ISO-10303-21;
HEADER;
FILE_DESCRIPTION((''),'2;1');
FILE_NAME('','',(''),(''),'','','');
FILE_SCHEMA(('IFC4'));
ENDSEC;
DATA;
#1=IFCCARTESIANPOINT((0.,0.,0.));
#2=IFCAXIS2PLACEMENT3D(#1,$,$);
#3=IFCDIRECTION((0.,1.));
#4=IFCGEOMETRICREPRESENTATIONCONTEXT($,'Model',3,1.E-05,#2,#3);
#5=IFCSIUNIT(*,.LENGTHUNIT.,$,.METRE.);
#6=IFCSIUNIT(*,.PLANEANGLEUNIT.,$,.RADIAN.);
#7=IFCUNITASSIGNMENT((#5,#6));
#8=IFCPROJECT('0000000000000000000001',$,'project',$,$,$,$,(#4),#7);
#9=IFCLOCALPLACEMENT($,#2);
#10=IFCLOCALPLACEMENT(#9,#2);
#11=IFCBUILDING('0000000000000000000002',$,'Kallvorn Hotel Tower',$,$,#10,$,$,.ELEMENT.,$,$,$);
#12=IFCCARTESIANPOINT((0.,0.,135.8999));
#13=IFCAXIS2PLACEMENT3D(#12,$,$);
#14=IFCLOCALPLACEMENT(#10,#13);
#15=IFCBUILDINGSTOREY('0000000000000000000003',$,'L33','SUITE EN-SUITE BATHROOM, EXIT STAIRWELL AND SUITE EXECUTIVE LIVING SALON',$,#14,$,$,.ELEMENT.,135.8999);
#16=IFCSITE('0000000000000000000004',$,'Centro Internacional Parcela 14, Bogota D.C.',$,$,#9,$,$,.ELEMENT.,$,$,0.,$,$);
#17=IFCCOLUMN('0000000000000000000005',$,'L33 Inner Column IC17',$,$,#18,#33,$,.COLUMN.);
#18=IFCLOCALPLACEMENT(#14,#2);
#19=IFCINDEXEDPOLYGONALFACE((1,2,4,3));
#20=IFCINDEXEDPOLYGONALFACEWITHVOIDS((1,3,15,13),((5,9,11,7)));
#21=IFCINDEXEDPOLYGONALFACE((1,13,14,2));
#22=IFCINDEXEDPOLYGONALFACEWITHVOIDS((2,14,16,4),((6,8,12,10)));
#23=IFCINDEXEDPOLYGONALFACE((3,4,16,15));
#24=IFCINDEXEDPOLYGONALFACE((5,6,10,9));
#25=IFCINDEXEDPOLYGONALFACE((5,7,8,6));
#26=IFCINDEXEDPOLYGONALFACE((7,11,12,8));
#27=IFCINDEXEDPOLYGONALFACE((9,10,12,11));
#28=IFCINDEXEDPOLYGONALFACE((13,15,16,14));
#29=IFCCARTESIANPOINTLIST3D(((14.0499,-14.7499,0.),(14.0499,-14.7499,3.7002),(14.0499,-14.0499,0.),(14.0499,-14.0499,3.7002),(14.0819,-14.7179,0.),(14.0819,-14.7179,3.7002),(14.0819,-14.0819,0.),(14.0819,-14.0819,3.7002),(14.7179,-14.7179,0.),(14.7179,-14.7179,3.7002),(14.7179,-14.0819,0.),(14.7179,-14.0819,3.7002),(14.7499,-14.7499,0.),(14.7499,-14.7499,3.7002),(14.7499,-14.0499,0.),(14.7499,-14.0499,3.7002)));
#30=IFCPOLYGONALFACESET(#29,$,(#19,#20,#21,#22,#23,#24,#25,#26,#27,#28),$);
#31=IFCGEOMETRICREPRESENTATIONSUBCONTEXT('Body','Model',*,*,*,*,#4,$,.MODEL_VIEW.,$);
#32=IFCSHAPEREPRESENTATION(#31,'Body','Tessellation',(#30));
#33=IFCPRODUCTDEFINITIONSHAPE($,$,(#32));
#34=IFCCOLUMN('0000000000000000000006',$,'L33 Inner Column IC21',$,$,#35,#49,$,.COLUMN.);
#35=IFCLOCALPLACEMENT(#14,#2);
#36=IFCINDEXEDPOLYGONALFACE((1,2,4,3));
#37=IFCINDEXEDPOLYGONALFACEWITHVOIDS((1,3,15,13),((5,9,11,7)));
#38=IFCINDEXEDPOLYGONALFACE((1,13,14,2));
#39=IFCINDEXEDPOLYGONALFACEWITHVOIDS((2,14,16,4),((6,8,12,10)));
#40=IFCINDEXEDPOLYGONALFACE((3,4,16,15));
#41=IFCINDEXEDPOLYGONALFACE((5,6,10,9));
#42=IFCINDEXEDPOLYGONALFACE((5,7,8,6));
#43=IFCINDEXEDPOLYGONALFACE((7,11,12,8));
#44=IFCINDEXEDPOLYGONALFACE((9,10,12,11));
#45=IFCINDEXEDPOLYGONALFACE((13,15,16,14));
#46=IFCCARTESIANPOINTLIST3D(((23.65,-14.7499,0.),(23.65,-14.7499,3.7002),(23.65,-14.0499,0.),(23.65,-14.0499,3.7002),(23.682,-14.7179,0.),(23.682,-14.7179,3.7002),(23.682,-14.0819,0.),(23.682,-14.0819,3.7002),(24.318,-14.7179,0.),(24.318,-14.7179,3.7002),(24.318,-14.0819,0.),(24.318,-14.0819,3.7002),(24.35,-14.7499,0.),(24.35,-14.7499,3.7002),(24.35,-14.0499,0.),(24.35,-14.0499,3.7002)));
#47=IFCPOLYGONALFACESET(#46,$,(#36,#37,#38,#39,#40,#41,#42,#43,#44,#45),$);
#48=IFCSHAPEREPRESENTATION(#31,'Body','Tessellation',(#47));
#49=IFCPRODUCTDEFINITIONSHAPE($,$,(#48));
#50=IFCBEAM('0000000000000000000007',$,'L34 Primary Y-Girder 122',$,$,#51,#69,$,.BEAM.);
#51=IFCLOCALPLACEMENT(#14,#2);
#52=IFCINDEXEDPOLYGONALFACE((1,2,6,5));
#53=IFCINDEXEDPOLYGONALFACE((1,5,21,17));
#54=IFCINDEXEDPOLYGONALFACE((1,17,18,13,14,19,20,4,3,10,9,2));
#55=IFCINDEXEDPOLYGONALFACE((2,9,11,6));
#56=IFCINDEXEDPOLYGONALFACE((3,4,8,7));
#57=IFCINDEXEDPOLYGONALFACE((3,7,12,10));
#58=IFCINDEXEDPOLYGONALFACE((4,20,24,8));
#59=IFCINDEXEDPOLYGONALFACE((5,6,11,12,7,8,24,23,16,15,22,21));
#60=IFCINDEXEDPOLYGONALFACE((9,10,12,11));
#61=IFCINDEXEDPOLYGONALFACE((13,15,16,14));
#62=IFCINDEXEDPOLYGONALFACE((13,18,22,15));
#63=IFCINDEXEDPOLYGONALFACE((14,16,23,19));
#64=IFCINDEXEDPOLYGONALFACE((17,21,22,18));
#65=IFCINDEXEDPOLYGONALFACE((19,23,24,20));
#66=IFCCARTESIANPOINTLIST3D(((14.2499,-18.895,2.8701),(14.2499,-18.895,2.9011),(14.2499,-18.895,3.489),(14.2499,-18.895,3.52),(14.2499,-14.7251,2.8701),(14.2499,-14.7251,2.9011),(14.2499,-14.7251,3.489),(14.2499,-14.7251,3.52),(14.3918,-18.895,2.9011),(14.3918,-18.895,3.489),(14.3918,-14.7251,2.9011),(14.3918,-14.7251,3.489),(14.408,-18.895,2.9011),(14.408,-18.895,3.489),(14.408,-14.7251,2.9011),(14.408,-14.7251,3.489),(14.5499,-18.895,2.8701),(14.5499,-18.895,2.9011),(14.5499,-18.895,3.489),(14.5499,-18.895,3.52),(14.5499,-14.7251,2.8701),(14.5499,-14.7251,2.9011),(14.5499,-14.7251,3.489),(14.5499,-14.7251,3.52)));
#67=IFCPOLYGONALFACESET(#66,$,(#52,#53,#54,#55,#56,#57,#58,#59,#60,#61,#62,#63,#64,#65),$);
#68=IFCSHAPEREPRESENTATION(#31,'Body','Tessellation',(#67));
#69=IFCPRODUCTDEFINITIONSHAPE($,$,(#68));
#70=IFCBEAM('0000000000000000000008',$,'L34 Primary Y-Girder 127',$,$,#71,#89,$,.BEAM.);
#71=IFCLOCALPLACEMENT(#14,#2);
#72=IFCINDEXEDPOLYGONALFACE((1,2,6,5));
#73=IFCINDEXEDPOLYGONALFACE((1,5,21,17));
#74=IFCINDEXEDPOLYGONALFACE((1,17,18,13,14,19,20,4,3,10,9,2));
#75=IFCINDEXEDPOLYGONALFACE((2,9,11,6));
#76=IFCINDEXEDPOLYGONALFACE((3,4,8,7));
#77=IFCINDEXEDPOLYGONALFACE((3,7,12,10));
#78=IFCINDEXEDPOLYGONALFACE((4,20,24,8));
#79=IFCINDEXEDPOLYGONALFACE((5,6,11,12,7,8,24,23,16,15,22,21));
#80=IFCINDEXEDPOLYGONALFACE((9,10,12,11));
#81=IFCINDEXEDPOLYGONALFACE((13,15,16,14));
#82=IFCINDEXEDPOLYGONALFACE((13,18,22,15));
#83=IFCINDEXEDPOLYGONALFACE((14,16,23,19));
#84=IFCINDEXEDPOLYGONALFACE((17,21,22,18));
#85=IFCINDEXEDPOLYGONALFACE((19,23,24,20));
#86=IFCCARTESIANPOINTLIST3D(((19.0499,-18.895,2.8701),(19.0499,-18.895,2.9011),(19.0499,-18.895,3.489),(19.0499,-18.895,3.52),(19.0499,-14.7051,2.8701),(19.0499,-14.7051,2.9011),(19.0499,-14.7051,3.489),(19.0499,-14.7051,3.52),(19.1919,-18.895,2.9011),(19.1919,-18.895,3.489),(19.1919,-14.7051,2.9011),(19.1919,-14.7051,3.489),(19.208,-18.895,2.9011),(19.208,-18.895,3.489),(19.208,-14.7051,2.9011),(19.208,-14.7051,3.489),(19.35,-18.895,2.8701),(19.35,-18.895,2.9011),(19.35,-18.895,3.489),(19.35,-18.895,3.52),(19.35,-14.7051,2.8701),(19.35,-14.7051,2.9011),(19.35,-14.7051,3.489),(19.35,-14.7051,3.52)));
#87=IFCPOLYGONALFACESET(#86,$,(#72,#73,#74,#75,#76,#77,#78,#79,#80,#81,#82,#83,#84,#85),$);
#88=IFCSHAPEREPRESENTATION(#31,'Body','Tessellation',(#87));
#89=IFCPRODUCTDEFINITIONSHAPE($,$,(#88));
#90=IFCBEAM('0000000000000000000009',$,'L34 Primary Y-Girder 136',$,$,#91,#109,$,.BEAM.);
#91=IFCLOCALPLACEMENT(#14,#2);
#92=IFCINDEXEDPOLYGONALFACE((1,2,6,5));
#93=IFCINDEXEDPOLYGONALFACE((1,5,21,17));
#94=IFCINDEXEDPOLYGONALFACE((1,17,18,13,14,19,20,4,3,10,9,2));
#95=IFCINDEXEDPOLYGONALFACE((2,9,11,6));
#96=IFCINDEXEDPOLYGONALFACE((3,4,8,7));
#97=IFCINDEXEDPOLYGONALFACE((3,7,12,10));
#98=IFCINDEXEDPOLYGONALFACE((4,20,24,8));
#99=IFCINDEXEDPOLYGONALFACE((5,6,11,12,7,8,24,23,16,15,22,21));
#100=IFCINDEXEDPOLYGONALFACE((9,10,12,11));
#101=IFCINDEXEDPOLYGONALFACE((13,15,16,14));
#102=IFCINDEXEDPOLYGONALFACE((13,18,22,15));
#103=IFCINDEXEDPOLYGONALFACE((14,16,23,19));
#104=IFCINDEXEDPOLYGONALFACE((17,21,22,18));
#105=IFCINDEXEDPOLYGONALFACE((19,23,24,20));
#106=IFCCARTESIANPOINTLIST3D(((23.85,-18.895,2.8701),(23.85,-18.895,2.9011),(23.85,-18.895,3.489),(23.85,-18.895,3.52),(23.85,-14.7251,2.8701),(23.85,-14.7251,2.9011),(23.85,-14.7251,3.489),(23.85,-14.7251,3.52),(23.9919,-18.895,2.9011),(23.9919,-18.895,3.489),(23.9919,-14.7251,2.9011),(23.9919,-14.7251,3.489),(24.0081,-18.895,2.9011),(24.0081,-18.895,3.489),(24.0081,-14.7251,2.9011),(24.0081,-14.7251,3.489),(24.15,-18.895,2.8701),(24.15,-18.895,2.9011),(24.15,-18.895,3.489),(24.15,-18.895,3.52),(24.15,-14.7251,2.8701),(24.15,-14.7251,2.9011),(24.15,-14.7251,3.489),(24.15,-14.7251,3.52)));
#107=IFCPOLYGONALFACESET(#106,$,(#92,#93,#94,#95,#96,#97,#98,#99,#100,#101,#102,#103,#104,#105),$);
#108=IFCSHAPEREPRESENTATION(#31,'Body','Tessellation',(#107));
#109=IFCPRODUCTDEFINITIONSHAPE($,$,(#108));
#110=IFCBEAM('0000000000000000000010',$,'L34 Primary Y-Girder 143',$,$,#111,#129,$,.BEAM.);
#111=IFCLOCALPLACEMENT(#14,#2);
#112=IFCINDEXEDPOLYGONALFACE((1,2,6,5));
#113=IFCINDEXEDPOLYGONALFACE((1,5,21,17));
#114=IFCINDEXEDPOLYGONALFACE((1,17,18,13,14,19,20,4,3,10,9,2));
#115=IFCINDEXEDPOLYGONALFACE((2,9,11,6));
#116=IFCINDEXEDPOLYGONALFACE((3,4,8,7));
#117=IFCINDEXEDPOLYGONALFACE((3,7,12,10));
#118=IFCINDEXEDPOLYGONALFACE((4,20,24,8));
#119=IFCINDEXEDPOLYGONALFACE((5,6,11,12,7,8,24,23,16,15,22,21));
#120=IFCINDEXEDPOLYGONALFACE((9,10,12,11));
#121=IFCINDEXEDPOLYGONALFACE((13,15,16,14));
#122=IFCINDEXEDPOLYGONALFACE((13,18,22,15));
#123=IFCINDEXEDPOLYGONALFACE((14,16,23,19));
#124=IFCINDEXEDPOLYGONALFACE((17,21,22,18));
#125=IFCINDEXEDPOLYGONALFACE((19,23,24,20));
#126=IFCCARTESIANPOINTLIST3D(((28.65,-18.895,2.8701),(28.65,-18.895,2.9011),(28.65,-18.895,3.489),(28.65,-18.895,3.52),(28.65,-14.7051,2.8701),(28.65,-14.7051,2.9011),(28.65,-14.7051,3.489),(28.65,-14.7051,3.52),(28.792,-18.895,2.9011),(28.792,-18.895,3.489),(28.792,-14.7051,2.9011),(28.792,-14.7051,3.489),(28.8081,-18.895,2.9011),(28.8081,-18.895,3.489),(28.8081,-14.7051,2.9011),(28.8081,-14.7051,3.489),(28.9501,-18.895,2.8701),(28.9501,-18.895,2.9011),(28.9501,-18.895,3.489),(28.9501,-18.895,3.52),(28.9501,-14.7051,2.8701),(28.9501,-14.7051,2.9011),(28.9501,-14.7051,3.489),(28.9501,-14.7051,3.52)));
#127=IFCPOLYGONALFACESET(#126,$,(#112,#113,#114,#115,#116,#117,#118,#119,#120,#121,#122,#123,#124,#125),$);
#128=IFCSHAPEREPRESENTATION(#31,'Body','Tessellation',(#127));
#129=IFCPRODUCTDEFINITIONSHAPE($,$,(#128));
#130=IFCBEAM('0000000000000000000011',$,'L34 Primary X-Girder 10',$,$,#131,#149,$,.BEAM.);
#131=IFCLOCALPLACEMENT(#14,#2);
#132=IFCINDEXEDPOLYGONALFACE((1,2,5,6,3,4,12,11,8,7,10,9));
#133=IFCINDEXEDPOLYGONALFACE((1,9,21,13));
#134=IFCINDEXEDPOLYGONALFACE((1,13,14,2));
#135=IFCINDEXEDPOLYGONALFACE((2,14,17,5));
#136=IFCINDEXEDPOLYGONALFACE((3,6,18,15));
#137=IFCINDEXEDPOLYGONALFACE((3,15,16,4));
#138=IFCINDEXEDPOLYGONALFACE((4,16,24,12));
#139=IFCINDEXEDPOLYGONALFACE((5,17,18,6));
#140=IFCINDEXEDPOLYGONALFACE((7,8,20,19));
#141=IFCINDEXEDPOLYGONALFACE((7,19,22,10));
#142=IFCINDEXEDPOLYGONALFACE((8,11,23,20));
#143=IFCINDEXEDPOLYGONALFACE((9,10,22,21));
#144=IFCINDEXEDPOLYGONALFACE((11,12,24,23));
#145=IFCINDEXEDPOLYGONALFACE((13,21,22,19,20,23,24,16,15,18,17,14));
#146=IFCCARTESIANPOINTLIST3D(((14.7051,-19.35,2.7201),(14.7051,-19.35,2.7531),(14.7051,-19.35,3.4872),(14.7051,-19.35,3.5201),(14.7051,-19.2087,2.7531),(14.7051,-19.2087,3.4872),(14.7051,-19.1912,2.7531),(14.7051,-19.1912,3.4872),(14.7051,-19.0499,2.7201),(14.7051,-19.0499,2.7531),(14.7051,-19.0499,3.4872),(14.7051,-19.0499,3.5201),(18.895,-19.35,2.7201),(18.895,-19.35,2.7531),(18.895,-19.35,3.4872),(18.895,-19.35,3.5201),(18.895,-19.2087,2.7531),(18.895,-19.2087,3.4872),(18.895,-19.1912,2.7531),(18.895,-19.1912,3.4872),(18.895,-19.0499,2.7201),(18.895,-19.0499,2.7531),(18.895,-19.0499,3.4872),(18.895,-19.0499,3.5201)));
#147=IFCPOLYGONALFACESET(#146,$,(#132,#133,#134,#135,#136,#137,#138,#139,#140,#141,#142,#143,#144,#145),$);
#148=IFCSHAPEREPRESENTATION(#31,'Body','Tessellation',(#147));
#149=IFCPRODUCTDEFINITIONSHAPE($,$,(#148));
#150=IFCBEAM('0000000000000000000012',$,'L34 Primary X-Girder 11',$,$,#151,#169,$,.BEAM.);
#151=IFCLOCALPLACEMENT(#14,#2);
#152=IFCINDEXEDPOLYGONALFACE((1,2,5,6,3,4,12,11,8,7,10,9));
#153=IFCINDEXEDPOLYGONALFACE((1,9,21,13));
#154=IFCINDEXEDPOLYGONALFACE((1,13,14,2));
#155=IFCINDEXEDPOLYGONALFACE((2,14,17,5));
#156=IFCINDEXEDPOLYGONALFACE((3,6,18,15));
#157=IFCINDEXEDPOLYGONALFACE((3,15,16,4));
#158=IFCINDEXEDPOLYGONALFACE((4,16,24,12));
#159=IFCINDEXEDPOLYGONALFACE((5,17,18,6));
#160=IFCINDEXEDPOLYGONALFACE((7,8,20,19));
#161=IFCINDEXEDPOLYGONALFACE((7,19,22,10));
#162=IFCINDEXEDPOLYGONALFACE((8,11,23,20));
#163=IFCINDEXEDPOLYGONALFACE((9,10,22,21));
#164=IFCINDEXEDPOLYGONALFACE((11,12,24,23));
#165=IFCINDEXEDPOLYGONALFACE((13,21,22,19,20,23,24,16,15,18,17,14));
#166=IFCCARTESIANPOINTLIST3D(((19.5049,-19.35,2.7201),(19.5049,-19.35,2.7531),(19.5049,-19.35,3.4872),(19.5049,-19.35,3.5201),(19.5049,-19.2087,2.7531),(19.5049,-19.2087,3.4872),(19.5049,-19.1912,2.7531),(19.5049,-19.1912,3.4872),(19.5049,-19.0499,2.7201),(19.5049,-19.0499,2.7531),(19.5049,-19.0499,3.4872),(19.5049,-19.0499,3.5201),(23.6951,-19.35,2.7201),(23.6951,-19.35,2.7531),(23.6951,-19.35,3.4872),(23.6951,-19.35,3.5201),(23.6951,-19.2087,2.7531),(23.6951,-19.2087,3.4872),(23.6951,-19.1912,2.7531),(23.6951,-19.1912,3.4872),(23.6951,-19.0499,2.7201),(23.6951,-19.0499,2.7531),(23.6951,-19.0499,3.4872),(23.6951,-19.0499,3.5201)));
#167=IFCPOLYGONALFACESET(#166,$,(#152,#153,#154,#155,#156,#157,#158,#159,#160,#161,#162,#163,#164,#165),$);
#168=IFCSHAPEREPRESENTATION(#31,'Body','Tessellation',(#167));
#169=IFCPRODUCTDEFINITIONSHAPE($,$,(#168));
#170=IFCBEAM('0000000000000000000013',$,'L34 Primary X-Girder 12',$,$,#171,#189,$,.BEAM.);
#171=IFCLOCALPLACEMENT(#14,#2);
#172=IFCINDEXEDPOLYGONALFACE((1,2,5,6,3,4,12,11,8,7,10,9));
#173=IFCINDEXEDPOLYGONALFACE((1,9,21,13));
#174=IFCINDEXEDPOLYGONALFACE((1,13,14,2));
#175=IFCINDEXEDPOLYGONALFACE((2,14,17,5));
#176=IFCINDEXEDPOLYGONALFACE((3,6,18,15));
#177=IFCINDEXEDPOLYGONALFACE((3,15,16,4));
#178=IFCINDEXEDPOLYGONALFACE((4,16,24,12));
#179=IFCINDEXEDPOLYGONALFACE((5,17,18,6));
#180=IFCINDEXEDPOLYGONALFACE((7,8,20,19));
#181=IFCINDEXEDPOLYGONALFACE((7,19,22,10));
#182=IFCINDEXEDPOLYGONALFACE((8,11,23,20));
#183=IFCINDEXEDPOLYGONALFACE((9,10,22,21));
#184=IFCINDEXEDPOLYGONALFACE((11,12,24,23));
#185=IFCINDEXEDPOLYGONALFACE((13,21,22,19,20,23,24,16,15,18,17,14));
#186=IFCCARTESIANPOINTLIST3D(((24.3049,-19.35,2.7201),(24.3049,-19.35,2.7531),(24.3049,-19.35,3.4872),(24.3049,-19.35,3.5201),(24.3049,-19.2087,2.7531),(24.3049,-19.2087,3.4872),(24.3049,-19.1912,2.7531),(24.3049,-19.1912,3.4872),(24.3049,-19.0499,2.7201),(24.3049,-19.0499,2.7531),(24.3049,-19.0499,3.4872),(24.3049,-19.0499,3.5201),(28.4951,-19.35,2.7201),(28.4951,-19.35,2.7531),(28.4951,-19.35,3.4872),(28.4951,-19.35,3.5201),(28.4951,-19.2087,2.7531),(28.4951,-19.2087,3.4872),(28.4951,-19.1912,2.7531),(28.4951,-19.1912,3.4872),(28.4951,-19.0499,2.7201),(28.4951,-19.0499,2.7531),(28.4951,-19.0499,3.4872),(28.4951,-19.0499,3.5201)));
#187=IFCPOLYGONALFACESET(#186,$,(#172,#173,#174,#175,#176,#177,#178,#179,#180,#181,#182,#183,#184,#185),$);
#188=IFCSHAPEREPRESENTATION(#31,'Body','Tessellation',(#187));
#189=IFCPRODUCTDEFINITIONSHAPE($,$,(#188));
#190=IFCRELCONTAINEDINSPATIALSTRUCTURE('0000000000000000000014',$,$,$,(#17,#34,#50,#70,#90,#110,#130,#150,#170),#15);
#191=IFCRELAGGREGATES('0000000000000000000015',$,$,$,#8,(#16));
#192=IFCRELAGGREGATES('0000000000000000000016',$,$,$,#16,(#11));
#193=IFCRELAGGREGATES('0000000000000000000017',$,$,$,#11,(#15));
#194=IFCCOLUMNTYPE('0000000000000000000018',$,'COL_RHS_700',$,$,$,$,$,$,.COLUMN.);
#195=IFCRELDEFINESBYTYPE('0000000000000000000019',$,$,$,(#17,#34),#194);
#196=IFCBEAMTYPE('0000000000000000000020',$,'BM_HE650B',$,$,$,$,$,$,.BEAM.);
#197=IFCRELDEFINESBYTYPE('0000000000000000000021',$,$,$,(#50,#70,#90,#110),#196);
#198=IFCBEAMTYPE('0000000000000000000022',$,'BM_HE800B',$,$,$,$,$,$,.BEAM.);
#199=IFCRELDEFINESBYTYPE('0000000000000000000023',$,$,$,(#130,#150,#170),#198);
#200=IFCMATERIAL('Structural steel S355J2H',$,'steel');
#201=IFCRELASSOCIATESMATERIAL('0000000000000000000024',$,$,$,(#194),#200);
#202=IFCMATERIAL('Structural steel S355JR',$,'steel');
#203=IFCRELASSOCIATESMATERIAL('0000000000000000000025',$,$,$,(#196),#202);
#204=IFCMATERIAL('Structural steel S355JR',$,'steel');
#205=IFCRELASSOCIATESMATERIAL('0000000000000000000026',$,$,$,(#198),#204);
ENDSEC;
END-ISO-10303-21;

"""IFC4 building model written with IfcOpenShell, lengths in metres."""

from ifc_helpers import new_model, si_unit, direction, frame, origin, origin_2d, place, context, subcontext, project, spatial, hollow_rectangle, i_section, extrude, material, material_profile, profile_set, type_object, element, save


model = new_model("IFC4")

# Units and contexts
model_context = context("Model", 3, precision=1e-05, world=origin(), true_north=direction((0.0, 1.0)))
body_context = subcontext(model_context, "Body", "Model", "MODEL_VIEW")
ifc_project = project(units=[si_unit("LENGTHUNIT", "METRE"), si_unit("PLANEANGLEUNIT", "RADIAN")], contexts=[model_context])

# Site, building, storey
site_placement = place(None, origin())
site = spatial("IfcSite", under=ifc_project, at=site_placement, Name="Centro Internacional Parcela 14, Bogota D.C.", CompositionType="ELEMENT", RefElevation=0.0)
building_placement = place(site_placement, origin())
building = spatial("IfcBuilding", under=site, at=building_placement, Name="Kallvorn Hotel Tower", CompositionType="ELEMENT")
storey_placement = place(building_placement, frame((0.0, 0.0, 135.8999)))
storey = spatial("IfcBuildingStorey", under=building, at=storey_placement, Name="L33", Description="SUITE EN-SUITE BATHROOM, EXIT STAIRWELL AND SUITE EXECUTIVE LIVING SALON", CompositionType="ELEMENT", Elevation=135.8999)

# Columns
ifc_material_1 = material(Name="Structural steel S355J2H", Category="steel")
ifc_material_profile_1 = material_profile(ifc_material_1, hollow_rectangle(XDim=0.7, YDim=0.7, WallThickness=0.032, at=origin_2d()), Name="RHS 700x700x32")
ifc_profile_set_1 = profile_set([ifc_material_profile_1], Name="Structural steel S355J2H")
column_type_1 = type_object("IfcColumnType", Name="COL_RHS_700", PredefinedType="COLUMN", material=ifc_profile_set_1)
for number, where, z_axis, x_axis, name in (
    (1, (14.3999, -14.3999, 0.0), (0.0, 0.0, 1.0), (1.0, 0.0, 0.0), "L33 Inner Column IC17"),
    (2, (24.0, -14.3999, 0.0), (0.0, 0.0, 1.0), (1.0, 0.0, 0.0), "L33 Inner Column IC21"),
):
    element("IfcColumn", number, at=place(storey_placement, frame(where, z_axis=z_axis, x_axis=x_axis)), inside=storey, type_object=column_type_1, Name=name, PredefinedType="COLUMN", context=body_context, shape_type="SweptSolid", body=[
        extrude(hollow_rectangle(XDim=0.7, YDim=0.7, WallThickness=0.032, at=origin_2d()), origin(), (0.0, 0.0, 1.0), 3.7002),
    ])

# Beams
ifc_material_2 = material(Name="Structural steel S355JR", Category="steel")
ifc_material_profile_2 = material_profile(ifc_material_2, i_section(OverallWidth=0.3, OverallDepth=0.6499, WebThickness=0.0161, FlangeThickness=0.031, at=origin_2d()), Name="HE 650 B")
ifc_profile_set_2 = profile_set([ifc_material_profile_2], Name="Structural steel S355JR")
beam_type_1 = type_object("IfcBeamType", Name="BM_HE650B", PredefinedType="BEAM", material=ifc_profile_set_2)
beam_1_placement = place(storey_placement, frame((14.3999, -18.895, 3.1951), z_axis=(0.0, 1.0, 0.0), x_axis=(-1.0, 0.0, 0.0)))
element("IfcBeam", 3, at=beam_1_placement, inside=storey, type_object=beam_type_1, Name="L34 Primary Y-Girder 122", PredefinedType="BEAM", context=body_context, shape_type="SweptSolid", body=[
    extrude(i_section(OverallWidth=0.3, OverallDepth=0.6499, WebThickness=0.0161, FlangeThickness=0.031, at=origin_2d()), origin(), (0.0, 0.0, 1.0), 4.1699),
])
beam_2_placement = place(storey_placement, frame((19.2, -18.895, 3.1951), z_axis=(0.0, 1.0, 0.0), x_axis=(-1.0, 0.0, 0.0)))
element("IfcBeam", 4, at=beam_2_placement, inside=storey, type_object=beam_type_1, Name="L34 Primary Y-Girder 127", PredefinedType="BEAM", context=body_context, shape_type="SweptSolid", body=[
    extrude(i_section(OverallWidth=0.3, OverallDepth=0.6499, WebThickness=0.0161, FlangeThickness=0.031, at=origin_2d()), origin(), (0.0, 0.0, 1.0), 4.1899),
])
beam_3_placement = place(storey_placement, frame((24.0, -18.895, 3.1951), z_axis=(0.0, 1.0, 0.0), x_axis=(-1.0, 0.0, 0.0)))
element("IfcBeam", 5, at=beam_3_placement, inside=storey, type_object=beam_type_1, Name="L34 Primary Y-Girder 136", PredefinedType="BEAM", context=body_context, shape_type="SweptSolid", body=[
    extrude(i_section(OverallWidth=0.3, OverallDepth=0.6499, WebThickness=0.0161, FlangeThickness=0.031, at=origin_2d()), origin(), (0.0, 0.0, 1.0), 4.1699),
])
beam_4_placement = place(storey_placement, frame((28.8, -18.895, 3.1951), z_axis=(0.0, 1.0, 0.0), x_axis=(-1.0, 0.0, 0.0)))
element("IfcBeam", 6, at=beam_4_placement, inside=storey, type_object=beam_type_1, Name="L34 Primary Y-Girder 143", PredefinedType="BEAM", context=body_context, shape_type="SweptSolid", body=[
    extrude(i_section(OverallWidth=0.3, OverallDepth=0.6499, WebThickness=0.0161, FlangeThickness=0.031, at=origin_2d()), origin(), (0.0, 0.0, 1.0), 4.1899),
])
ifc_material_3 = material(Name="Structural steel S355JR", Category="steel")
ifc_material_profile_3 = material_profile(ifc_material_3, i_section(OverallWidth=0.3, OverallDepth=0.8, WebThickness=0.0176, FlangeThickness=0.033, at=origin_2d()), Name="HE 800 B")
ifc_profile_set_3 = profile_set([ifc_material_profile_3], Name="Structural steel S355JR")
beam_type_2 = type_object("IfcBeamType", Name="BM_HE800B", PredefinedType="BEAM", material=ifc_profile_set_3)
beam_5_placement = place(storey_placement, frame((14.7051, -19.2, 3.1201), z_axis=(1.0, 0.0, 0.0), x_axis=(0.0, 1.0, 0.0)))
element("IfcBeam", 7, at=beam_5_placement, inside=storey, type_object=beam_type_2, Name="L34 Primary X-Girder 10", PredefinedType="BEAM", context=body_context, shape_type="SweptSolid", body=[
    extrude(i_section(OverallWidth=0.3, OverallDepth=0.8, WebThickness=0.0176, FlangeThickness=0.033, at=origin_2d()), origin(), (0.0, 0.0, 1.0), 4.1899),
])
for number, where, z_axis, x_axis, name in (
    (8, (19.5049, -19.2, 3.1201), (1.0, 0.0, 0.0), (0.0, 1.0, 0.0), "L34 Primary X-Girder 11"),
    (9, (24.3049, -19.2, 3.1201), (1.0, 0.0, 0.0), (0.0, 1.0, 0.0), "L34 Primary X-Girder 12"),
):
    element("IfcBeam", number, at=place(storey_placement, frame(where, z_axis=z_axis, x_axis=x_axis)), inside=storey, type_object=beam_type_2, Name=name, PredefinedType="BEAM", context=body_context, shape_type="SweptSolid", body=[
        extrude(i_section(OverallWidth=0.3, OverallDepth=0.8, WebThickness=0.0176, FlangeThickness=0.033, at=origin_2d()), origin(), (0.0, 0.0, 1.0), 4.1902),
    ])

save(model, "model.ifc")
